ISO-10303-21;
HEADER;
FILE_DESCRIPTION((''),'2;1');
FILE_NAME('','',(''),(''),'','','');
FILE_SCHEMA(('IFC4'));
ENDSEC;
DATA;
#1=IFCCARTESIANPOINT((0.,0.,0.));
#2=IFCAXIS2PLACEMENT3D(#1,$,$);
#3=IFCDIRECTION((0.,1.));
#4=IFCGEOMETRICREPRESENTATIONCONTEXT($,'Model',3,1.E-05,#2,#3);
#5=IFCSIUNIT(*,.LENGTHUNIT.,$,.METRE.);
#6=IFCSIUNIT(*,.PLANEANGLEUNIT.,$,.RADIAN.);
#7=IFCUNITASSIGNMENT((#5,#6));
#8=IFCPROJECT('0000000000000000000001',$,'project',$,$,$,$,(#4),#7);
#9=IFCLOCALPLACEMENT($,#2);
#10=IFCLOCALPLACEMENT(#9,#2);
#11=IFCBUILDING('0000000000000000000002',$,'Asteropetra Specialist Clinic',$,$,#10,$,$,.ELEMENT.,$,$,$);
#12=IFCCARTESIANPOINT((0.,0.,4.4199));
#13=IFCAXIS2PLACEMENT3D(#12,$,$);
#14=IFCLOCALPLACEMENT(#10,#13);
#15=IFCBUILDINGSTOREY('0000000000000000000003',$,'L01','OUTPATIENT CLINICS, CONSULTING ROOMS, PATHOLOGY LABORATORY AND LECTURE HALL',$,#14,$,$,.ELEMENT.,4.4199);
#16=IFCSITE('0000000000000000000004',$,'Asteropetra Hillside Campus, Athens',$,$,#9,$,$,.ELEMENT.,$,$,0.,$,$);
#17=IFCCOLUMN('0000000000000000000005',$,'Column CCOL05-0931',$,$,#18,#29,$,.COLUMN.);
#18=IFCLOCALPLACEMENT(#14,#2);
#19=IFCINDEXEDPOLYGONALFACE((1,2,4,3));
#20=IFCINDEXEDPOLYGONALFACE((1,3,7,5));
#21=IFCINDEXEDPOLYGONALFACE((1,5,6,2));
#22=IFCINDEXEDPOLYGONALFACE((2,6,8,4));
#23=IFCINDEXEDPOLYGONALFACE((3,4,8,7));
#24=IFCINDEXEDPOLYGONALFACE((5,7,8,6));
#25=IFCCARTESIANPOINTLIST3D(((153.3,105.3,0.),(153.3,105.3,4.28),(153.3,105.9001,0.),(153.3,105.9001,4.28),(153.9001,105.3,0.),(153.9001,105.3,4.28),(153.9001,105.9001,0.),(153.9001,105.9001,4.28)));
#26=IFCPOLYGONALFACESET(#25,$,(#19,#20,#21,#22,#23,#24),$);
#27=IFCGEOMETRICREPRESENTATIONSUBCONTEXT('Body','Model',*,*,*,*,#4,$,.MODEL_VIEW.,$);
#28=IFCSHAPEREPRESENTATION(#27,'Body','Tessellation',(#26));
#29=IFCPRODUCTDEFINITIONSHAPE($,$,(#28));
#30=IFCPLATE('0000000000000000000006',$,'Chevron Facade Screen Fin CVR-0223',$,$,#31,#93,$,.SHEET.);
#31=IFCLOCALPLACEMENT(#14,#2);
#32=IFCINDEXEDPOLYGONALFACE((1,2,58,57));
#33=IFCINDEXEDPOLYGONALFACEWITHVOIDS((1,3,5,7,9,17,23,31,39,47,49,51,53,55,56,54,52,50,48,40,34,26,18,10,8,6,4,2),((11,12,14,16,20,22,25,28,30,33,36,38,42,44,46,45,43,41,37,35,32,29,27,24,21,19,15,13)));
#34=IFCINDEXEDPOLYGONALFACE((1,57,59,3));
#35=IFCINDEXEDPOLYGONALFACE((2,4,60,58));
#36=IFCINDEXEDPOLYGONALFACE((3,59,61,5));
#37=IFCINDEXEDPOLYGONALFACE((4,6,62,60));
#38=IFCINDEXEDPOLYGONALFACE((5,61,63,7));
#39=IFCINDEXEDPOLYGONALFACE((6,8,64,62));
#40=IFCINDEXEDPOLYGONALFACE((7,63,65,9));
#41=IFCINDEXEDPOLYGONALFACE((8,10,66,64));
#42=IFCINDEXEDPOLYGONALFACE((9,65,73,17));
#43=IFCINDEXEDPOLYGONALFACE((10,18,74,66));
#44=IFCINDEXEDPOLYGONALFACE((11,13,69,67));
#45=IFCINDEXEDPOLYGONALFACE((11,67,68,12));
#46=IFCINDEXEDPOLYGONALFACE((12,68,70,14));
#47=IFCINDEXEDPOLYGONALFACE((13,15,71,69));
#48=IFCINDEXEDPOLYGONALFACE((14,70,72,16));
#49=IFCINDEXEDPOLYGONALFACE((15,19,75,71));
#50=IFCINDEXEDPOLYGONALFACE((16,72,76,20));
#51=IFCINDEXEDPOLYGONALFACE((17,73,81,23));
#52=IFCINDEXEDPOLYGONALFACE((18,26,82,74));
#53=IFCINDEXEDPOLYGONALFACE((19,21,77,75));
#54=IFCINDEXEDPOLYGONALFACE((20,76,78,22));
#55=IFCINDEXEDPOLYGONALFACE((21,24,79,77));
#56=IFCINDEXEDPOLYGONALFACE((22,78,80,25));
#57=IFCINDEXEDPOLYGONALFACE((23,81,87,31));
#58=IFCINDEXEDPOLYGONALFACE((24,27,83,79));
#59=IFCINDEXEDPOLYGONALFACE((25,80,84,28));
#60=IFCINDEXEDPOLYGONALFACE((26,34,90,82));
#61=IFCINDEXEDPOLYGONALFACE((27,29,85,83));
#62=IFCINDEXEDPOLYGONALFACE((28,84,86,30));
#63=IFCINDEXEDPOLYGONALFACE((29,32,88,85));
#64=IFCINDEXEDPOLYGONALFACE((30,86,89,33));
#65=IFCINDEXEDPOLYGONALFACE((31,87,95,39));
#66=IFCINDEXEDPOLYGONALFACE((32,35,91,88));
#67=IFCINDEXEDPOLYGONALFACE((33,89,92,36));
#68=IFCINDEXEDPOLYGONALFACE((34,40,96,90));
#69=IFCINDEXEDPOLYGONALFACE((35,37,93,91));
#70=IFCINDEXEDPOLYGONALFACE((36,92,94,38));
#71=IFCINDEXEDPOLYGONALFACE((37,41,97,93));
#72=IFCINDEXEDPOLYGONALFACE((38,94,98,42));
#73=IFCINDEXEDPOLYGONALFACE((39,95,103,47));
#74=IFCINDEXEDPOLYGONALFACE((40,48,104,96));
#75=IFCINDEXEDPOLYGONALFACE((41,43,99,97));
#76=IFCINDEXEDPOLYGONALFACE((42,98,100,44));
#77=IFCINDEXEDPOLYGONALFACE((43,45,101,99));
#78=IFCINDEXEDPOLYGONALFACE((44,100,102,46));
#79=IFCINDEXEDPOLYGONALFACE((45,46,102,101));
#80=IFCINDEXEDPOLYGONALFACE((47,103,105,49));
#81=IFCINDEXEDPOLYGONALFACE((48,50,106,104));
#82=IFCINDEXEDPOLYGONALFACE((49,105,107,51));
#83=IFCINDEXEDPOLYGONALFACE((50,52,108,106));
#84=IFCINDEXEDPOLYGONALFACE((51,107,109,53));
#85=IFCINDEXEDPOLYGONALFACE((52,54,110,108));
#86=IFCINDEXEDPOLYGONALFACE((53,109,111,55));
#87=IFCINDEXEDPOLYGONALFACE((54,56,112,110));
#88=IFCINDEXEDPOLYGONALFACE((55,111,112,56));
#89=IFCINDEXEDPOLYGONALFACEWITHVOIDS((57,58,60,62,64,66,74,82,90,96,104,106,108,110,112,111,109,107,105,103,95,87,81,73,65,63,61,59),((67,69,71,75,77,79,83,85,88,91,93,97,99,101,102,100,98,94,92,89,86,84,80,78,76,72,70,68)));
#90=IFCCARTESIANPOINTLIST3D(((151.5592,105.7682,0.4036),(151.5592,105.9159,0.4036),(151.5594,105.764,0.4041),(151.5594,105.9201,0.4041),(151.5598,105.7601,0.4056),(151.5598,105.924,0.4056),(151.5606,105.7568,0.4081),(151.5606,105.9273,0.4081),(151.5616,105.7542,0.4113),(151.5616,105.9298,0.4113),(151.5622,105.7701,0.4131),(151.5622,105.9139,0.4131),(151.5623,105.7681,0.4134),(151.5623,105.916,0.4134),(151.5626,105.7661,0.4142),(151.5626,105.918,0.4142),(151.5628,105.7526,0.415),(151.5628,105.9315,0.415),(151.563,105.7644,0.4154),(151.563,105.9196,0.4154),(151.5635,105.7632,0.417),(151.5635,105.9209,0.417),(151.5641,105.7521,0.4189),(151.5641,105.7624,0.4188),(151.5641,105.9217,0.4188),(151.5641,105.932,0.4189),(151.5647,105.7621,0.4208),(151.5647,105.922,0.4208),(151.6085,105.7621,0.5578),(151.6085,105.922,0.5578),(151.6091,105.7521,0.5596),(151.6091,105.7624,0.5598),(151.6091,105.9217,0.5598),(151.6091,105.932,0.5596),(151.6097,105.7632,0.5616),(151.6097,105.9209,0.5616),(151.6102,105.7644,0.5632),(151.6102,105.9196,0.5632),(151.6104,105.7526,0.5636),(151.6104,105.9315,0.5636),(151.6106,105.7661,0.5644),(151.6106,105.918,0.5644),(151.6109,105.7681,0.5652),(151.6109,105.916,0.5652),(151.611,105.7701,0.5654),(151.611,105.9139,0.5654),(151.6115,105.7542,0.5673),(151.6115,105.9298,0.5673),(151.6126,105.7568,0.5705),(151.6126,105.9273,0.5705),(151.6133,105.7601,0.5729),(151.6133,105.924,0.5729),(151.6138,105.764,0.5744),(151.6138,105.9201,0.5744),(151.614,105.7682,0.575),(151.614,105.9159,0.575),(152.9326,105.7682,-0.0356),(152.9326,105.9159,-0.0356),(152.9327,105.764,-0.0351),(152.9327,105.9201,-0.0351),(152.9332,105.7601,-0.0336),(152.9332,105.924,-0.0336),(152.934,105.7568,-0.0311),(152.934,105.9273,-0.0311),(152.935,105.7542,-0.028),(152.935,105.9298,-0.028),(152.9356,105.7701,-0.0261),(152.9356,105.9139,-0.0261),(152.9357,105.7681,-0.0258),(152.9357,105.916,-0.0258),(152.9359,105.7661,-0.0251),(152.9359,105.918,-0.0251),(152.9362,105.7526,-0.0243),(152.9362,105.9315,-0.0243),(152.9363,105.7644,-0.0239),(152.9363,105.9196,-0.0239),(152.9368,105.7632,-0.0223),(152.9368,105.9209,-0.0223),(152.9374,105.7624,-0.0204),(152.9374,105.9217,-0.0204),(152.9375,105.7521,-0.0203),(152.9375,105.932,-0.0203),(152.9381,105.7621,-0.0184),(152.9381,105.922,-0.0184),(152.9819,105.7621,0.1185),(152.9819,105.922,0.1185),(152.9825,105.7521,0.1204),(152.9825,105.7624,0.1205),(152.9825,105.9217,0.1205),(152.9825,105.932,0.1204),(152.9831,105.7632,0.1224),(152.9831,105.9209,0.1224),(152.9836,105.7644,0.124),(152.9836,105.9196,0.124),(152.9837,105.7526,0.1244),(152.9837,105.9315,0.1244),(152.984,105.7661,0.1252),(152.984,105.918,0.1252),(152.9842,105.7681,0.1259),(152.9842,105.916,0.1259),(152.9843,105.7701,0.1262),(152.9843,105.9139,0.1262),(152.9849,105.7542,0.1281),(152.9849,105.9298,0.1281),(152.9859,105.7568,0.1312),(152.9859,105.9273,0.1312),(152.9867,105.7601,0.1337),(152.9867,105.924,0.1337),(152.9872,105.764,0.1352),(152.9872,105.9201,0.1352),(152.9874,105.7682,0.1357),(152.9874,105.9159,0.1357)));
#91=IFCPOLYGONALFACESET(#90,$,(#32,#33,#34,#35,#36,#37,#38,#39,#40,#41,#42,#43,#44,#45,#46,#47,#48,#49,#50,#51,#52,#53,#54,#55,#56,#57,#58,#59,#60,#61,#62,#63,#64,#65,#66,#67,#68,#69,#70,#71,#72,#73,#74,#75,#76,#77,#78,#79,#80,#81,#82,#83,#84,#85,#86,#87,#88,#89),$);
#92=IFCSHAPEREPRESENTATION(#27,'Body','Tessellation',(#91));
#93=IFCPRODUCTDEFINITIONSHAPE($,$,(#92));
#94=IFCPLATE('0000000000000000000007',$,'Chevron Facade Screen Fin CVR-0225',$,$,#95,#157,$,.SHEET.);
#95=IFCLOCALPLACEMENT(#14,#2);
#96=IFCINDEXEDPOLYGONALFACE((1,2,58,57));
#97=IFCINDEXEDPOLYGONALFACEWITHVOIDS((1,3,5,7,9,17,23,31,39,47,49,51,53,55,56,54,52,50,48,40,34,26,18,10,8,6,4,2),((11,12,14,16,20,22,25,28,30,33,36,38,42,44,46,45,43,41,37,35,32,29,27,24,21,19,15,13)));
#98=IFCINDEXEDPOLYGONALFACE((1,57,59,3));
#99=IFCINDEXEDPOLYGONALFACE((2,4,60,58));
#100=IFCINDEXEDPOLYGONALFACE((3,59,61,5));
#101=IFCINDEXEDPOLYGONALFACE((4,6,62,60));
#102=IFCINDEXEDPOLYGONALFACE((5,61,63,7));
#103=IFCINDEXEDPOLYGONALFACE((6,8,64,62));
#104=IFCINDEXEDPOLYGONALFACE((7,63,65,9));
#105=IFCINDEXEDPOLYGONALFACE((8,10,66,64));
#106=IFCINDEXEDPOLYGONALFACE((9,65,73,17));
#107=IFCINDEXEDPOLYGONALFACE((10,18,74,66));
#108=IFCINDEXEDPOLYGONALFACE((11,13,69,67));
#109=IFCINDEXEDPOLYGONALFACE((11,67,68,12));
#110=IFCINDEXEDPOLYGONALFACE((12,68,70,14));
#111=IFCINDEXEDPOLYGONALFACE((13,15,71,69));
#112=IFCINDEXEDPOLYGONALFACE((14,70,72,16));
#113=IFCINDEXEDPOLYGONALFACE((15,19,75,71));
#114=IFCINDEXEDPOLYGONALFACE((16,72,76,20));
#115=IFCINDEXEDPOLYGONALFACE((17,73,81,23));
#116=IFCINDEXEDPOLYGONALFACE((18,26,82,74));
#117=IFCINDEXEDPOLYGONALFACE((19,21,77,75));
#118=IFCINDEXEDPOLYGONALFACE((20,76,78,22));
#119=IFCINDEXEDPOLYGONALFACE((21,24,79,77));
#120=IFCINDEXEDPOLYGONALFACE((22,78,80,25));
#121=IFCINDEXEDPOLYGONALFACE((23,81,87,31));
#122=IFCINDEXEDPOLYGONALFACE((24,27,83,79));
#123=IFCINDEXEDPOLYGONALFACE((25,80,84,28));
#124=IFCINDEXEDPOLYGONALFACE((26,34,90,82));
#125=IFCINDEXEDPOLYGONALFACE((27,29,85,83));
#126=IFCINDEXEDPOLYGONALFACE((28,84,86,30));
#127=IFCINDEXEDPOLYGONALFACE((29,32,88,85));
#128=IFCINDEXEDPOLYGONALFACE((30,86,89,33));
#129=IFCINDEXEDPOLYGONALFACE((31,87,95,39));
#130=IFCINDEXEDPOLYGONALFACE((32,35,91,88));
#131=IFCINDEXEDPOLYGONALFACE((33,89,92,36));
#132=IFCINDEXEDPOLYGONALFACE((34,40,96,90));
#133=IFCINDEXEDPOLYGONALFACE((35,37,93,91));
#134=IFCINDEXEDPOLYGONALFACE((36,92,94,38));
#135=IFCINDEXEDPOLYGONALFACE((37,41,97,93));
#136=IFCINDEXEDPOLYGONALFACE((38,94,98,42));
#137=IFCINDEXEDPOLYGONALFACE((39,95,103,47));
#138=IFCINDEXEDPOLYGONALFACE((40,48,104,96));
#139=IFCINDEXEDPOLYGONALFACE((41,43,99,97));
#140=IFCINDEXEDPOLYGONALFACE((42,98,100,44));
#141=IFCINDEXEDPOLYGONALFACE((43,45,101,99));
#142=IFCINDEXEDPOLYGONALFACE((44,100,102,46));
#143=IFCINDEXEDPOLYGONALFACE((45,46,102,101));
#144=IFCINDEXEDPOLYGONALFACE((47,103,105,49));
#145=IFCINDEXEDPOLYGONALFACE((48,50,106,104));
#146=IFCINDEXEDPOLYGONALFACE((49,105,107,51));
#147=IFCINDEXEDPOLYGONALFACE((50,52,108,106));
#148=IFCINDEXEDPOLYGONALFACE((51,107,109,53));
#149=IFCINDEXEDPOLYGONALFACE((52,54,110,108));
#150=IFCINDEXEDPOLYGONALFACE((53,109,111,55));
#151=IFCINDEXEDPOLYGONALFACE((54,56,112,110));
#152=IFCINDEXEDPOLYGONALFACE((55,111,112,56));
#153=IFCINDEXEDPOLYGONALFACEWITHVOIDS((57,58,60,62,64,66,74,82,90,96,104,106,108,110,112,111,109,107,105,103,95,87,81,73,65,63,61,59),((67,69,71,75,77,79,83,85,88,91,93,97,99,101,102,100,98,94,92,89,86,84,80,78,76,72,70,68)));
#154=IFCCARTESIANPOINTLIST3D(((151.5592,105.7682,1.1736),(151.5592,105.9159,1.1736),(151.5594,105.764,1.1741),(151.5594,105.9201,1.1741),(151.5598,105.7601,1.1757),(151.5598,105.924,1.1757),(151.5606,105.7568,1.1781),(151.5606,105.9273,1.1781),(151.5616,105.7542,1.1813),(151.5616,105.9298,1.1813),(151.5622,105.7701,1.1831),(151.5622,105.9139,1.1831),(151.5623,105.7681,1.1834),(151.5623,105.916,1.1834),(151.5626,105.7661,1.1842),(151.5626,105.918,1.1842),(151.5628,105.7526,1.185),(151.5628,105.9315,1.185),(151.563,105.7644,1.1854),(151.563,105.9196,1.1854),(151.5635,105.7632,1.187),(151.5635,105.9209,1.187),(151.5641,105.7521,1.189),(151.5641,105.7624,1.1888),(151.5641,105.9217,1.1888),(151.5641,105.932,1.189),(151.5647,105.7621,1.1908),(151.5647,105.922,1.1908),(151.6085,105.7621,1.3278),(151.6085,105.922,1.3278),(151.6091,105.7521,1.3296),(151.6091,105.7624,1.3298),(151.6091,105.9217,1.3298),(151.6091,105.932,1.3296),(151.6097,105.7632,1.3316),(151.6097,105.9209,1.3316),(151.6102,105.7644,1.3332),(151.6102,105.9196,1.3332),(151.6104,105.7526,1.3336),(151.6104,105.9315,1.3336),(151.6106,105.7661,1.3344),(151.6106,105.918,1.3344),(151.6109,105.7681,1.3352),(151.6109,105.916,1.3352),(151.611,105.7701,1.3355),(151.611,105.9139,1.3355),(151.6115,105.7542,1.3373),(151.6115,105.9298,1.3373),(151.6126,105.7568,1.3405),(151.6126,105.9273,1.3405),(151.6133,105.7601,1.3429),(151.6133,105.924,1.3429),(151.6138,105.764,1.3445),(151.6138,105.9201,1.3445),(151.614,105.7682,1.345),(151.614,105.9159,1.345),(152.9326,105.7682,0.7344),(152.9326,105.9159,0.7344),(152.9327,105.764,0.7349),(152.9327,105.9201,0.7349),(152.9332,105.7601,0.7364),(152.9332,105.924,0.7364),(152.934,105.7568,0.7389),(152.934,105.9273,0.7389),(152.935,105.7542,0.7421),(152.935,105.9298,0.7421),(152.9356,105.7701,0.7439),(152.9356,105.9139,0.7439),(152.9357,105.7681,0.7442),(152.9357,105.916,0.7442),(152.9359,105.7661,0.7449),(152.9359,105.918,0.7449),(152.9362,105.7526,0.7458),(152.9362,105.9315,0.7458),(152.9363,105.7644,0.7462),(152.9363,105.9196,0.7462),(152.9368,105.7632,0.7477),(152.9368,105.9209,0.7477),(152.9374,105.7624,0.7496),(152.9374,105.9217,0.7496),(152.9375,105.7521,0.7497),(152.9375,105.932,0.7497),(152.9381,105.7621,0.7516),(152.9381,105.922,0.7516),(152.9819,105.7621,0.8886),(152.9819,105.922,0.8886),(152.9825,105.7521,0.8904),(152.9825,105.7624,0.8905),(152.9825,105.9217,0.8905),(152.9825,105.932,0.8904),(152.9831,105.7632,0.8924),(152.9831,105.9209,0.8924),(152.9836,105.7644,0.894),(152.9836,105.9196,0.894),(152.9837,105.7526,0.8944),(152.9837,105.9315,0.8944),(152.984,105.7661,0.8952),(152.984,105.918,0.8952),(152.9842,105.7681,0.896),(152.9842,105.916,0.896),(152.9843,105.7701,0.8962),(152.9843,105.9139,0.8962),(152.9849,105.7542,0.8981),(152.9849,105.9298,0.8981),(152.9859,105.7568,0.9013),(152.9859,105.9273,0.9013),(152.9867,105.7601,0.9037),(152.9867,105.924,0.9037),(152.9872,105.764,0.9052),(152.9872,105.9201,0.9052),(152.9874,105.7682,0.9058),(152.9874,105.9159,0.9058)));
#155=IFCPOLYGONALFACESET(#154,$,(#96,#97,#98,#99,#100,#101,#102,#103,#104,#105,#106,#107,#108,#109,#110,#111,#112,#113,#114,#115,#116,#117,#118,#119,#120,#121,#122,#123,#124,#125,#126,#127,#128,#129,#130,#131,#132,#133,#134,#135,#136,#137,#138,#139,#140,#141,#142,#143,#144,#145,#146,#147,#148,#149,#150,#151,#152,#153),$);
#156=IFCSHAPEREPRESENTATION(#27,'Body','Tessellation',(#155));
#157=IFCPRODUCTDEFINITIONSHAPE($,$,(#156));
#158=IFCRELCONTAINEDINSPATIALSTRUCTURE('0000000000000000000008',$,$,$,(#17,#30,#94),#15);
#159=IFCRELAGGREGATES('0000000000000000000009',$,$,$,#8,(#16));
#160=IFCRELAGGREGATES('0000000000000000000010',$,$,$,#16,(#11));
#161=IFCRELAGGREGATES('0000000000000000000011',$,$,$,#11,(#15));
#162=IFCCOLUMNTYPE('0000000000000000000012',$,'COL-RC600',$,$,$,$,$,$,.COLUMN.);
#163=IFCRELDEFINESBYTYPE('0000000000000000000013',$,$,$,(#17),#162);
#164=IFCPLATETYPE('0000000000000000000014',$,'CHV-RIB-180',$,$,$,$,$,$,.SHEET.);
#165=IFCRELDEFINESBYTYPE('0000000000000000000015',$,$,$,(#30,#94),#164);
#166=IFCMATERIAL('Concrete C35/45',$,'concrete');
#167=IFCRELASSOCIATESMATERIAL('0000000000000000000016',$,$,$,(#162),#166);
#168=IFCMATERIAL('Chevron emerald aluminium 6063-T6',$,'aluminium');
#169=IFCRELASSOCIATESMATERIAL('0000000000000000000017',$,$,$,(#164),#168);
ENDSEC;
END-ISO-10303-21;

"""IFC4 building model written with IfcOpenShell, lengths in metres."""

from ifc_helpers import new_model, si_unit, direction, frame, origin, origin_2d, place, context, subcontext, project, spatial, rectangle, hollow_rectangle, extrude, material, material_profile, profile_set, type_object, element, save


model = new_model("IFC4")

# Units and contexts
model_context = context("Model", 3, precision=1e-05, world=origin(), true_north=direction((0.0, 1.0)))
body_context = subcontext(model_context, "Body", "Model", "MODEL_VIEW")
ifc_project = project(units=[si_unit("LENGTHUNIT", "METRE"), si_unit("PLANEANGLEUNIT", "RADIAN")], contexts=[model_context])

# Site, building, storey
site_placement = place(None, origin())
site = spatial("IfcSite", under=ifc_project, at=site_placement, Name="Asteropetra Hillside Campus, Athens", CompositionType="ELEMENT", RefElevation=0.0)
building_placement = place(site_placement, origin())
building = spatial("IfcBuilding", under=site, at=building_placement, Name="Asteropetra Specialist Clinic", CompositionType="ELEMENT")
storey_placement = place(building_placement, frame((0.0, 0.0, 4.4199)))
storey = spatial("IfcBuildingStorey", under=building, at=storey_placement, Name="L01", Description="OUTPATIENT CLINICS, CONSULTING ROOMS, PATHOLOGY LABORATORY AND LECTURE HALL", CompositionType="ELEMENT", Elevation=4.4199)

# Column
ifc_material_1 = material(Name="Concrete C35/45", Category="concrete")
ifc_material_profile_1 = material_profile(ifc_material_1, rectangle(XDim=0.6001, YDim=0.6001, at=origin_2d()), Name="RC 600x600")
ifc_profile_set_1 = profile_set([ifc_material_profile_1], Name="Concrete C35/45")
column_type = type_object("IfcColumnType", Name="COL-RC600", PredefinedType="COLUMN", material=ifc_profile_set_1)
column_placement = place(storey_placement, frame((153.6001, 105.6001, 0.0), z_axis=(0.0, 0.0, 1.0), x_axis=(1.0, 0.0, 0.0)))
element("IfcColumn", 1, at=column_placement, inside=storey, type_object=column_type, Name="Column CCOL05-0931", PredefinedType="COLUMN", context=body_context, shape_type="SweptSolid", body=[
    extrude(rectangle(XDim=0.6001, YDim=0.6001, at=origin_2d()), origin(), (0.0, 0.0, 1.0), 4.28),
])

# Plates
ifc_material_2 = material(Name="Chevron emerald aluminium 6063-T6", Category="aluminium")
ifc_material_profile_2 = material_profile(ifc_material_2, hollow_rectangle(XDim=0.1799, YDim=0.1799, WallThickness=0.01, InnerFilletRadius=0.0081, OuterFilletRadius=0.0161, at=origin_2d()), Name="SHS 180x180x10.0")
ifc_profile_set_2 = profile_set([ifc_material_profile_2], Name="Chevron emerald aluminium 6063-T6")
plate_type = type_object("IfcPlateType", Name="CHV-RIB-180", PredefinedType="SHEET", material=ifc_profile_set_2)
for number, where, z_axis, x_axis, name in (
    (2, (152.96, 105.842, 0.05), (-0.952473, 0.0, 0.304622), (0.0, -1.0, 0.0), "Chevron Facade Screen Fin CVR-0223"),
    (3, (152.96, 105.842, 0.8201), (-0.952473, 0.0, 0.304622), (0.0, -1.0, 0.0), "Chevron Facade Screen Fin CVR-0225"),
):
    element("IfcPlate", number, at=place(storey_placement, frame(where, z_axis=z_axis, x_axis=x_axis)), inside=storey, type_object=plate_type, Name=name, PredefinedType="SHEET", context=body_context, shape_type="SweptSolid", body=[
        extrude(hollow_rectangle(XDim=0.1799, YDim=0.1799, WallThickness=0.01, InnerFilletRadius=0.0081, OuterFilletRadius=0.0161, at=origin_2d()), origin(), (0.0, 0.0, 1.0), 1.4419),
    ])

save(model, "model.ifc")
